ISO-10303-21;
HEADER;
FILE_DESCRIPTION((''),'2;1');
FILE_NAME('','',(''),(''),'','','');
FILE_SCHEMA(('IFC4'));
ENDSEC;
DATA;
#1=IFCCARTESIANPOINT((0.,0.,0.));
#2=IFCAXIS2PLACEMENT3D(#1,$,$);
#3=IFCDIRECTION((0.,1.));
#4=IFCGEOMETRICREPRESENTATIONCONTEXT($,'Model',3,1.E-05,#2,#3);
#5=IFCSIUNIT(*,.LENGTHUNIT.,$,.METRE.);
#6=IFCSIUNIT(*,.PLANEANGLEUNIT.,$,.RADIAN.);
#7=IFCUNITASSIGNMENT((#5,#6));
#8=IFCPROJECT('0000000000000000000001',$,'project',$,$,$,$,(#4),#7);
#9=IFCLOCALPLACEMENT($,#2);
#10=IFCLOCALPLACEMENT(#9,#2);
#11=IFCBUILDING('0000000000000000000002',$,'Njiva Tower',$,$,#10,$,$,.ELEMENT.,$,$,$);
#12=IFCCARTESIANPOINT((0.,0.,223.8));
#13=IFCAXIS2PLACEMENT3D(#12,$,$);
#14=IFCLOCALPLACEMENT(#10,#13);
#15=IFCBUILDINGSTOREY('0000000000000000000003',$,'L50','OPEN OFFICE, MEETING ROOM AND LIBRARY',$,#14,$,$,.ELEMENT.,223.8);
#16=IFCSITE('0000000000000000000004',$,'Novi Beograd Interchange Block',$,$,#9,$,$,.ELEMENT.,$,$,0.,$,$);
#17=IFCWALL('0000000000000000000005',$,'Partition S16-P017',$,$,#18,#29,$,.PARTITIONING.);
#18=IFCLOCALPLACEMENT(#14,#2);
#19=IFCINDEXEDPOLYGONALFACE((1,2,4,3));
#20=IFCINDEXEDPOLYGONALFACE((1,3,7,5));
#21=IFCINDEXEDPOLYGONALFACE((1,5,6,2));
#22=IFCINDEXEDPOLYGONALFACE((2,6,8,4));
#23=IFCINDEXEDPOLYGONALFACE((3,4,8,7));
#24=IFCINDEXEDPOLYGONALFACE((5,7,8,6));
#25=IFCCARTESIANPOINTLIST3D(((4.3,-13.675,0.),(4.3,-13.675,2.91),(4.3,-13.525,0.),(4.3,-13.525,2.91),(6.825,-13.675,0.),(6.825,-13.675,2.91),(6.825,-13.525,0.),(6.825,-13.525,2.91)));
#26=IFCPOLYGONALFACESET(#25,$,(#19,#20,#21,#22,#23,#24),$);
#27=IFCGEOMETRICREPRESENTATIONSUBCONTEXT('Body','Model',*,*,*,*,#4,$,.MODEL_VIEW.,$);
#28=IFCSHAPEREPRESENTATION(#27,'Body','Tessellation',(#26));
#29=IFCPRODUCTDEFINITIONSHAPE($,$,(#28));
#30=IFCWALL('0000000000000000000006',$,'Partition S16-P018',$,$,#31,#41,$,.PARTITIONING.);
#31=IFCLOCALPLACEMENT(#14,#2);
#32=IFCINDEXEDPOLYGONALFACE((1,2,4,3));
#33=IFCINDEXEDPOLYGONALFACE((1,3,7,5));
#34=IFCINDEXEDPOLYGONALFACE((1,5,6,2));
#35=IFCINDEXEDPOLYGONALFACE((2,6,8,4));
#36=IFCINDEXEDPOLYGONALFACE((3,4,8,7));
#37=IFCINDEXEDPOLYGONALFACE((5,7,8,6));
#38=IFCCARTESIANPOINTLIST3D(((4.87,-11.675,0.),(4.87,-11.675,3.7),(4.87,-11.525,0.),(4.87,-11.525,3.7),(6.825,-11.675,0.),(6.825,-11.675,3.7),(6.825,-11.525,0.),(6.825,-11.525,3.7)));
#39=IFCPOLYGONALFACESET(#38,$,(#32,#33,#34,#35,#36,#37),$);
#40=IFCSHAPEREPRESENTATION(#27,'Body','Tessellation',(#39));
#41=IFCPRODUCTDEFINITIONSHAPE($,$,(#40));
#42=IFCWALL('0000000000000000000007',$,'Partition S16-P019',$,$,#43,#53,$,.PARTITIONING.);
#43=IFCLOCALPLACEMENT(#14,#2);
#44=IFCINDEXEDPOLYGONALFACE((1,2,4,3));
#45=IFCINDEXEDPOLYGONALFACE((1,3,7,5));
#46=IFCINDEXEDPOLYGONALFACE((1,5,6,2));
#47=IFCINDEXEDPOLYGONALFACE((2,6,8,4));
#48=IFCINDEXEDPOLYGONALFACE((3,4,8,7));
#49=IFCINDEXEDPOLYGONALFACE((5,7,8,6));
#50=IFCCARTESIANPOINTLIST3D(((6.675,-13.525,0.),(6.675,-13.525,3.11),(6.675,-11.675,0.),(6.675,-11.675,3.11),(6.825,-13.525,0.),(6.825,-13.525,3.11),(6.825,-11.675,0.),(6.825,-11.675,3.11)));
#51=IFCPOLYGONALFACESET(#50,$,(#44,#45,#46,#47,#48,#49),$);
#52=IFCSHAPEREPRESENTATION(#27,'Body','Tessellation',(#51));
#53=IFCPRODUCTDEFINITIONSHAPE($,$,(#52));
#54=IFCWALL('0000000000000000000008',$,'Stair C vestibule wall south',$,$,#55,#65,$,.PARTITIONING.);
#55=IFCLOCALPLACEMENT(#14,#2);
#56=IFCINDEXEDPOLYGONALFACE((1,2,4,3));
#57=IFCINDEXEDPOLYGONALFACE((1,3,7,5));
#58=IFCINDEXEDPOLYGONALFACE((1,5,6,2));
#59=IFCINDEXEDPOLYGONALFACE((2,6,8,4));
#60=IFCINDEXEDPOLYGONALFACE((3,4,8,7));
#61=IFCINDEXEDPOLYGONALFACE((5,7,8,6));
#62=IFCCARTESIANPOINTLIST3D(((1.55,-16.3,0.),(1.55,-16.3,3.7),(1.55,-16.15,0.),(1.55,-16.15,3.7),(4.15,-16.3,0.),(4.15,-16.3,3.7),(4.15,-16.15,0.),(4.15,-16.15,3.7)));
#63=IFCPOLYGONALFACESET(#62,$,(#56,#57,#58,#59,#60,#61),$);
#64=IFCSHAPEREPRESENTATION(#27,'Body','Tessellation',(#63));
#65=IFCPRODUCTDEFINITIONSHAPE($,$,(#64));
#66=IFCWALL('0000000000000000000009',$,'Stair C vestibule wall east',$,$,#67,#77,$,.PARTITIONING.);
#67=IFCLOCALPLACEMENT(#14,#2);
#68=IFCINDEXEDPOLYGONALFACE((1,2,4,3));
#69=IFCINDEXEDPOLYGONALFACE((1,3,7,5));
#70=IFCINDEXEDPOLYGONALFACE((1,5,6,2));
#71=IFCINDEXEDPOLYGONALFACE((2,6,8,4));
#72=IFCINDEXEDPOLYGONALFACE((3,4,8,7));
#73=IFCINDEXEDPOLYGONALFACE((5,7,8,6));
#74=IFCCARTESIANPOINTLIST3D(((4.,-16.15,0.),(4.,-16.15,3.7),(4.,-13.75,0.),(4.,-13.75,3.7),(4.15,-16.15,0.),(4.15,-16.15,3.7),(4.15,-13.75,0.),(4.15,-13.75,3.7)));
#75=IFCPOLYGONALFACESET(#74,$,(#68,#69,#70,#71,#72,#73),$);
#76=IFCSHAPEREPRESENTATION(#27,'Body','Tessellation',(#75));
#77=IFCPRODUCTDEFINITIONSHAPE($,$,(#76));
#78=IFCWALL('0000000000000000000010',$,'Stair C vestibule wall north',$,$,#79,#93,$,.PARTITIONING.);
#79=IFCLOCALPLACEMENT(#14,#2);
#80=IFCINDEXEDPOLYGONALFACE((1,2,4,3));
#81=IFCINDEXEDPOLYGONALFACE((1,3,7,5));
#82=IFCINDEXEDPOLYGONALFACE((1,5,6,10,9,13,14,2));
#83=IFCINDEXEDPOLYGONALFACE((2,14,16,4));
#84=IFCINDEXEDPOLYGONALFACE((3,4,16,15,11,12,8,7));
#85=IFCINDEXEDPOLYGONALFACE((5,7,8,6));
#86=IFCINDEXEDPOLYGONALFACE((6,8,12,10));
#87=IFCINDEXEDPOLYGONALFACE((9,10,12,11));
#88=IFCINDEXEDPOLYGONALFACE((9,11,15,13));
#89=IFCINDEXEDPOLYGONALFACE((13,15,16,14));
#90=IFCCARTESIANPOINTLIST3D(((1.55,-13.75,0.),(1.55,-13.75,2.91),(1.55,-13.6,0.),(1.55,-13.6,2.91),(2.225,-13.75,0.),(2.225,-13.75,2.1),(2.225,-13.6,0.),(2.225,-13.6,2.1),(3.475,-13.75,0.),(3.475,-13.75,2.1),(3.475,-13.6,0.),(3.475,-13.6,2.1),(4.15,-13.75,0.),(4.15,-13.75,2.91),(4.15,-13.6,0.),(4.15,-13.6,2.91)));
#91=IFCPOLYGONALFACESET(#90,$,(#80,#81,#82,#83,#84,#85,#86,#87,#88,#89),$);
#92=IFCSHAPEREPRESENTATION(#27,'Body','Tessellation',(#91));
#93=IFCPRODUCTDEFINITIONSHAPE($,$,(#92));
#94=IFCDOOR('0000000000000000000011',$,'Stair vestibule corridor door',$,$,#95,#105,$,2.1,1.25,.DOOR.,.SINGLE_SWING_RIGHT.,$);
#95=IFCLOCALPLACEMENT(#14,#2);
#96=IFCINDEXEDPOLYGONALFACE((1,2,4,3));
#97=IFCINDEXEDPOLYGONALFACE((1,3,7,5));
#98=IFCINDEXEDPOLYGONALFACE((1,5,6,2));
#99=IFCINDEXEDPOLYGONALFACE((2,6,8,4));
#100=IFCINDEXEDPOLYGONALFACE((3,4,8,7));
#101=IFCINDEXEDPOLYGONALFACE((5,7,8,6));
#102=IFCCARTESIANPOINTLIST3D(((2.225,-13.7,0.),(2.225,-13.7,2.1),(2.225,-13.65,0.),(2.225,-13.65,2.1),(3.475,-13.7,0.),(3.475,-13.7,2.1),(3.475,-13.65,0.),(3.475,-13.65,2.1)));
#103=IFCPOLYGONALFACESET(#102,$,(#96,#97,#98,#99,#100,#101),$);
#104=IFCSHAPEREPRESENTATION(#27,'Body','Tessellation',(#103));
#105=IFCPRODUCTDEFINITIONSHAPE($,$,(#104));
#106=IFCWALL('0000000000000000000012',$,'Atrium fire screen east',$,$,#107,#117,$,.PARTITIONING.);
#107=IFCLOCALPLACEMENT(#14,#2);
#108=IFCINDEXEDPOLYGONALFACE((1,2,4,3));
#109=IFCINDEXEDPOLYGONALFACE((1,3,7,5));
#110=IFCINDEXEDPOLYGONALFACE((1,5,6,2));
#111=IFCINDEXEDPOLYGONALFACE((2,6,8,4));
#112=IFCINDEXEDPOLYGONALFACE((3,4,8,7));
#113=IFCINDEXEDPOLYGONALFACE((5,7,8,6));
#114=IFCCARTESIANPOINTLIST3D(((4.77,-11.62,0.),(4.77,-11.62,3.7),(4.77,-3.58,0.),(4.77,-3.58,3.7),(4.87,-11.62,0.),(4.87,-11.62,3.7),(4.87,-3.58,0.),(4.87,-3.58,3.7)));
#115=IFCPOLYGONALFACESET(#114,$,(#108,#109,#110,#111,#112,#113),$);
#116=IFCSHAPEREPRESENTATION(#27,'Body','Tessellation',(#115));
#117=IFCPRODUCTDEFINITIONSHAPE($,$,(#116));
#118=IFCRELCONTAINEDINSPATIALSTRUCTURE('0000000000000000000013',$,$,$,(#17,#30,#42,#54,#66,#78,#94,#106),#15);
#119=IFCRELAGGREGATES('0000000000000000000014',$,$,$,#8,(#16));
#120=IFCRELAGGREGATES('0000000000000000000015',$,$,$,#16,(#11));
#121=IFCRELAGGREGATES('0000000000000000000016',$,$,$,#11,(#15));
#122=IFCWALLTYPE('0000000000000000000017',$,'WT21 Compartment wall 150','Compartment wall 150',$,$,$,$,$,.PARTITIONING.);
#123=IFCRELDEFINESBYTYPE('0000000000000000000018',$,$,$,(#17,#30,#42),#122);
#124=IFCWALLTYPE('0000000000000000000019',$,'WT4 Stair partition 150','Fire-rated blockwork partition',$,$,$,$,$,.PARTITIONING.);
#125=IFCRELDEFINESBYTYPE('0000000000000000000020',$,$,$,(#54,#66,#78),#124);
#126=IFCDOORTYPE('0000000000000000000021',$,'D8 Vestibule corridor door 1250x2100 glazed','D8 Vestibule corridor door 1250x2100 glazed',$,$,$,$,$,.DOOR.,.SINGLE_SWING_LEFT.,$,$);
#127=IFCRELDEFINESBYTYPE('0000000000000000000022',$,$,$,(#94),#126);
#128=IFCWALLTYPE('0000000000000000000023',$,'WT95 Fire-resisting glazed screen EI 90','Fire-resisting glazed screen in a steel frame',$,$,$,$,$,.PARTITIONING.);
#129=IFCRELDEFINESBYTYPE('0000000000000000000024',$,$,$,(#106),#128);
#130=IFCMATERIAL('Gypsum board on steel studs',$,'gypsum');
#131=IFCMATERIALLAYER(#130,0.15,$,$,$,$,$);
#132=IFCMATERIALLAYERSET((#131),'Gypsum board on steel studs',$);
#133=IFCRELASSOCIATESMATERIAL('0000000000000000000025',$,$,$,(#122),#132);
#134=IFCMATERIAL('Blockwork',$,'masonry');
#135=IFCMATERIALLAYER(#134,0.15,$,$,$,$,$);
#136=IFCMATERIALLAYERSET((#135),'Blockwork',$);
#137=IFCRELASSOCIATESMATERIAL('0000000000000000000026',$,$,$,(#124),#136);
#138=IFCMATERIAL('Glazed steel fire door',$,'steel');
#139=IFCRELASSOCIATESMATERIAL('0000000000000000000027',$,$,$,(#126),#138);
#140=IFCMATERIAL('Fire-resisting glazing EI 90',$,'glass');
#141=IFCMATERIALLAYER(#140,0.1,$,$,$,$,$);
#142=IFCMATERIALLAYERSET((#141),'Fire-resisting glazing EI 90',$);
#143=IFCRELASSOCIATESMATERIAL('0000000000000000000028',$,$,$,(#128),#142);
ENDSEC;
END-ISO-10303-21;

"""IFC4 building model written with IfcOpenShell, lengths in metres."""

from ifc_helpers import new_model, si_unit, direction, frame, frame_2d, origin, place, context, subcontext, project, spatial, rectangle, extrude, material, layer, layer_set, type_object, element, fill, save


model = new_model("IFC4")

# Units and contexts
model_context = context("Model", 3, precision=1e-05, world=origin(), true_north=direction((0.0, 1.0)))
body_context = subcontext(model_context, "Body", "Model", "MODEL_VIEW")
ifc_project = project(units=[si_unit("LENGTHUNIT", "METRE"), si_unit("PLANEANGLEUNIT", "RADIAN")], contexts=[model_context])

# Site, building, storey
site_placement = place(None, origin())
site = spatial("IfcSite", under=ifc_project, at=site_placement, Name="Novi Beograd Interchange Block", CompositionType="ELEMENT", RefElevation=0.0)
building_placement = place(site_placement, origin())
building = spatial("IfcBuilding", under=site, at=building_placement, Name="Njiva Tower", CompositionType="ELEMENT")
storey_placement = place(building_placement, frame((0.0, 0.0, 223.8)))
storey = spatial("IfcBuildingStorey", under=building, at=storey_placement, Name="L50", Description="OPEN OFFICE, MEETING ROOM AND LIBRARY", CompositionType="ELEMENT", Elevation=223.8)

# Walls
ifc_material_1 = material(Name="Gypsum board on steel studs", Category="gypsum")
ifc_layer_1 = layer(ifc_material_1, 0.15)
ifc_layer_set_1 = layer_set([ifc_layer_1], Name="Gypsum board on steel studs")
wall_type_1 = type_object("IfcWallType", Name="WT21 Compartment wall 150", Description="Compartment wall 150", PredefinedType="PARTITIONING", material=ifc_layer_set_1)
wall_1_placement = place(storey_placement, frame((4.3, -13.6, 0.0), z_axis=(0.0, 0.0, 1.0), x_axis=(1.0, 0.0, 0.0)))
element("IfcWall", 1, at=wall_1_placement, inside=storey, type_object=wall_type_1, Name="Partition S16-P017", PredefinedType="PARTITIONING", context=body_context, shape_type="SweptSolid", body=[
    extrude(rectangle(XDim=2.525, YDim=0.15, at=frame_2d((1.2625, 0.0))), origin(), (0.0, 0.0, 1.0), 2.91),
])
wall_2_placement = place(storey_placement, frame((4.87, -11.6, 0.0), z_axis=(0.0, 0.0, 1.0), x_axis=(1.0, 0.0, 0.0)))
element("IfcWall", 2, at=wall_2_placement, inside=storey, type_object=wall_type_1, Name="Partition S16-P018", PredefinedType="PARTITIONING", context=body_context, shape_type="SweptSolid", body=[
    extrude(rectangle(XDim=1.955, YDim=0.15, at=frame_2d((0.9775, 0.0))), origin(), (0.0, 0.0, 1.0), 3.7),
])
wall_3_placement = place(storey_placement, frame((6.75, -13.525, 0.0), z_axis=(0.0, 0.0, 1.0), x_axis=(0.0, 1.0, 0.0)))
element("IfcWall", 3, at=wall_3_placement, inside=storey, type_object=wall_type_1, Name="Partition S16-P019", PredefinedType="PARTITIONING", context=body_context, shape_type="SweptSolid", body=[
    extrude(rectangle(XDim=1.85, YDim=0.15, at=frame_2d((0.925, 0.0))), origin(), (0.0, 0.0, 1.0), 3.11),
])
ifc_material_2 = material(Name="Blockwork", Category="masonry")
ifc_layer_2 = layer(ifc_material_2, 0.15)
ifc_layer_set_2 = layer_set([ifc_layer_2], Name="Blockwork")
wall_type_2 = type_object("IfcWallType", Name="WT4 Stair partition 150", Description="Fire-rated blockwork partition", PredefinedType="PARTITIONING", material=ifc_layer_set_2)
wall_4_placement = place(storey_placement, frame((1.55, -16.225, 0.0), z_axis=(0.0, 0.0, 1.0), x_axis=(1.0, 0.0, 0.0)))
element("IfcWall", 4, at=wall_4_placement, inside=storey, type_object=wall_type_2, Name="Stair C vestibule wall south", PredefinedType="PARTITIONING", context=body_context, shape_type="SweptSolid", body=[
    extrude(rectangle(XDim=2.6, YDim=0.15, at=frame_2d((1.3, 0.0))), origin(), (0.0, 0.0, 1.0), 3.7),
])
wall_5_placement = place(storey_placement, frame((4.075, -16.15, 0.0), z_axis=(0.0, 0.0, 1.0), x_axis=(0.0, 1.0, 0.0)))
element("IfcWall", 5, at=wall_5_placement, inside=storey, type_object=wall_type_2, Name="Stair C vestibule wall east", PredefinedType="PARTITIONING", context=body_context, shape_type="SweptSolid", body=[
    extrude(rectangle(XDim=2.4, YDim=0.15, at=frame_2d((1.2, 0.0))), origin(), (0.0, 0.0, 1.0), 3.7),
])

# Wall, opening, door
wall_6_placement = place(storey_placement, frame((1.55, -13.675, 0.0), z_axis=(0.0, 0.0, 1.0), x_axis=(1.0, 0.0, 0.0)))
wall_6 = element("IfcWall", 6, at=wall_6_placement, inside=storey, type_object=wall_type_2, Name="Stair C vestibule wall north", PredefinedType="PARTITIONING", context=body_context, shape_type="SweptSolid", body=[
    extrude(rectangle(XDim=2.6, YDim=0.15, at=frame_2d((1.3, 0.0))), origin(), (0.0, 0.0, 1.0), 2.91),
])
opening_placement = place(wall_6_placement, frame((0.675, 0.0, 0.0)))
opening = element("IfcOpeningElement", 7, at=opening_placement, cuts=wall_6, PredefinedType="OPENING", context=body_context, shape_type="SweptSolid", body=[
    extrude(rectangle(XDim=1.25, YDim=2.1, at=frame_2d((0.625, 1.05))), frame((0.0, 0.085, 0.0), z_axis=(0.0, -1.0, 0.0), x_axis=(1.0, 0.0, 0.0)), (0.0, 0.0, 1.0), 0.17),
])
ifc_material_3 = material(Name="Glazed steel fire door", Category="steel")
door_type = type_object("IfcDoorType", Name="D8 Vestibule corridor door 1250x2100 glazed", Description="D8 Vestibule corridor door 1250x2100 glazed", OperationType="SINGLE_SWING_LEFT", PredefinedType="DOOR", material=ifc_material_3)
door_placement = place(opening_placement, origin())
door = element("IfcDoor", 8, at=door_placement, inside=storey, type_object=door_type, Name="Stair vestibule corridor door", OperationType="SINGLE_SWING_RIGHT", OverallHeight=2.1, OverallWidth=1.25, PredefinedType="DOOR", context=body_context, shape_type="SweptSolid", body=[
    extrude(rectangle(XDim=1.25, YDim=2.1, at=frame_2d((0.625, 1.05))), frame((0.0, 0.025, 0.0), z_axis=(0.0, -1.0, 0.0), x_axis=(1.0, 0.0, 0.0)), (0.0, 0.0, 1.0), 0.05),
])
fill(opening, door)

# Wall
ifc_material_4 = material(Name="Fire-resisting glazing EI 90", Category="glass")
ifc_layer_3 = layer(ifc_material_4, 0.1)
ifc_layer_set_3 = layer_set([ifc_layer_3], Name="Fire-resisting glazing EI 90")
wall_type_3 = type_object("IfcWallType", Name="WT95 Fire-resisting glazed screen EI 90", Description="Fire-resisting glazed screen in a steel frame", PredefinedType="PARTITIONING", material=ifc_layer_set_3)
wall_7_placement = place(storey_placement, frame((4.82, -11.62, 0.0), z_axis=(0.0, 0.0, 1.0), x_axis=(0.0, 1.0, 0.0)))
element("IfcWall", 9, at=wall_7_placement, inside=storey, type_object=wall_type_3, Name="Atrium fire screen east", PredefinedType="PARTITIONING", context=body_context, shape_type="SweptSolid", body=[
    extrude(rectangle(XDim=8.04, YDim=0.1, at=frame_2d((4.02, 0.0))), origin(), (0.0, 0.0, 1.0), 3.7),
])

save(model, "model.ifc")
